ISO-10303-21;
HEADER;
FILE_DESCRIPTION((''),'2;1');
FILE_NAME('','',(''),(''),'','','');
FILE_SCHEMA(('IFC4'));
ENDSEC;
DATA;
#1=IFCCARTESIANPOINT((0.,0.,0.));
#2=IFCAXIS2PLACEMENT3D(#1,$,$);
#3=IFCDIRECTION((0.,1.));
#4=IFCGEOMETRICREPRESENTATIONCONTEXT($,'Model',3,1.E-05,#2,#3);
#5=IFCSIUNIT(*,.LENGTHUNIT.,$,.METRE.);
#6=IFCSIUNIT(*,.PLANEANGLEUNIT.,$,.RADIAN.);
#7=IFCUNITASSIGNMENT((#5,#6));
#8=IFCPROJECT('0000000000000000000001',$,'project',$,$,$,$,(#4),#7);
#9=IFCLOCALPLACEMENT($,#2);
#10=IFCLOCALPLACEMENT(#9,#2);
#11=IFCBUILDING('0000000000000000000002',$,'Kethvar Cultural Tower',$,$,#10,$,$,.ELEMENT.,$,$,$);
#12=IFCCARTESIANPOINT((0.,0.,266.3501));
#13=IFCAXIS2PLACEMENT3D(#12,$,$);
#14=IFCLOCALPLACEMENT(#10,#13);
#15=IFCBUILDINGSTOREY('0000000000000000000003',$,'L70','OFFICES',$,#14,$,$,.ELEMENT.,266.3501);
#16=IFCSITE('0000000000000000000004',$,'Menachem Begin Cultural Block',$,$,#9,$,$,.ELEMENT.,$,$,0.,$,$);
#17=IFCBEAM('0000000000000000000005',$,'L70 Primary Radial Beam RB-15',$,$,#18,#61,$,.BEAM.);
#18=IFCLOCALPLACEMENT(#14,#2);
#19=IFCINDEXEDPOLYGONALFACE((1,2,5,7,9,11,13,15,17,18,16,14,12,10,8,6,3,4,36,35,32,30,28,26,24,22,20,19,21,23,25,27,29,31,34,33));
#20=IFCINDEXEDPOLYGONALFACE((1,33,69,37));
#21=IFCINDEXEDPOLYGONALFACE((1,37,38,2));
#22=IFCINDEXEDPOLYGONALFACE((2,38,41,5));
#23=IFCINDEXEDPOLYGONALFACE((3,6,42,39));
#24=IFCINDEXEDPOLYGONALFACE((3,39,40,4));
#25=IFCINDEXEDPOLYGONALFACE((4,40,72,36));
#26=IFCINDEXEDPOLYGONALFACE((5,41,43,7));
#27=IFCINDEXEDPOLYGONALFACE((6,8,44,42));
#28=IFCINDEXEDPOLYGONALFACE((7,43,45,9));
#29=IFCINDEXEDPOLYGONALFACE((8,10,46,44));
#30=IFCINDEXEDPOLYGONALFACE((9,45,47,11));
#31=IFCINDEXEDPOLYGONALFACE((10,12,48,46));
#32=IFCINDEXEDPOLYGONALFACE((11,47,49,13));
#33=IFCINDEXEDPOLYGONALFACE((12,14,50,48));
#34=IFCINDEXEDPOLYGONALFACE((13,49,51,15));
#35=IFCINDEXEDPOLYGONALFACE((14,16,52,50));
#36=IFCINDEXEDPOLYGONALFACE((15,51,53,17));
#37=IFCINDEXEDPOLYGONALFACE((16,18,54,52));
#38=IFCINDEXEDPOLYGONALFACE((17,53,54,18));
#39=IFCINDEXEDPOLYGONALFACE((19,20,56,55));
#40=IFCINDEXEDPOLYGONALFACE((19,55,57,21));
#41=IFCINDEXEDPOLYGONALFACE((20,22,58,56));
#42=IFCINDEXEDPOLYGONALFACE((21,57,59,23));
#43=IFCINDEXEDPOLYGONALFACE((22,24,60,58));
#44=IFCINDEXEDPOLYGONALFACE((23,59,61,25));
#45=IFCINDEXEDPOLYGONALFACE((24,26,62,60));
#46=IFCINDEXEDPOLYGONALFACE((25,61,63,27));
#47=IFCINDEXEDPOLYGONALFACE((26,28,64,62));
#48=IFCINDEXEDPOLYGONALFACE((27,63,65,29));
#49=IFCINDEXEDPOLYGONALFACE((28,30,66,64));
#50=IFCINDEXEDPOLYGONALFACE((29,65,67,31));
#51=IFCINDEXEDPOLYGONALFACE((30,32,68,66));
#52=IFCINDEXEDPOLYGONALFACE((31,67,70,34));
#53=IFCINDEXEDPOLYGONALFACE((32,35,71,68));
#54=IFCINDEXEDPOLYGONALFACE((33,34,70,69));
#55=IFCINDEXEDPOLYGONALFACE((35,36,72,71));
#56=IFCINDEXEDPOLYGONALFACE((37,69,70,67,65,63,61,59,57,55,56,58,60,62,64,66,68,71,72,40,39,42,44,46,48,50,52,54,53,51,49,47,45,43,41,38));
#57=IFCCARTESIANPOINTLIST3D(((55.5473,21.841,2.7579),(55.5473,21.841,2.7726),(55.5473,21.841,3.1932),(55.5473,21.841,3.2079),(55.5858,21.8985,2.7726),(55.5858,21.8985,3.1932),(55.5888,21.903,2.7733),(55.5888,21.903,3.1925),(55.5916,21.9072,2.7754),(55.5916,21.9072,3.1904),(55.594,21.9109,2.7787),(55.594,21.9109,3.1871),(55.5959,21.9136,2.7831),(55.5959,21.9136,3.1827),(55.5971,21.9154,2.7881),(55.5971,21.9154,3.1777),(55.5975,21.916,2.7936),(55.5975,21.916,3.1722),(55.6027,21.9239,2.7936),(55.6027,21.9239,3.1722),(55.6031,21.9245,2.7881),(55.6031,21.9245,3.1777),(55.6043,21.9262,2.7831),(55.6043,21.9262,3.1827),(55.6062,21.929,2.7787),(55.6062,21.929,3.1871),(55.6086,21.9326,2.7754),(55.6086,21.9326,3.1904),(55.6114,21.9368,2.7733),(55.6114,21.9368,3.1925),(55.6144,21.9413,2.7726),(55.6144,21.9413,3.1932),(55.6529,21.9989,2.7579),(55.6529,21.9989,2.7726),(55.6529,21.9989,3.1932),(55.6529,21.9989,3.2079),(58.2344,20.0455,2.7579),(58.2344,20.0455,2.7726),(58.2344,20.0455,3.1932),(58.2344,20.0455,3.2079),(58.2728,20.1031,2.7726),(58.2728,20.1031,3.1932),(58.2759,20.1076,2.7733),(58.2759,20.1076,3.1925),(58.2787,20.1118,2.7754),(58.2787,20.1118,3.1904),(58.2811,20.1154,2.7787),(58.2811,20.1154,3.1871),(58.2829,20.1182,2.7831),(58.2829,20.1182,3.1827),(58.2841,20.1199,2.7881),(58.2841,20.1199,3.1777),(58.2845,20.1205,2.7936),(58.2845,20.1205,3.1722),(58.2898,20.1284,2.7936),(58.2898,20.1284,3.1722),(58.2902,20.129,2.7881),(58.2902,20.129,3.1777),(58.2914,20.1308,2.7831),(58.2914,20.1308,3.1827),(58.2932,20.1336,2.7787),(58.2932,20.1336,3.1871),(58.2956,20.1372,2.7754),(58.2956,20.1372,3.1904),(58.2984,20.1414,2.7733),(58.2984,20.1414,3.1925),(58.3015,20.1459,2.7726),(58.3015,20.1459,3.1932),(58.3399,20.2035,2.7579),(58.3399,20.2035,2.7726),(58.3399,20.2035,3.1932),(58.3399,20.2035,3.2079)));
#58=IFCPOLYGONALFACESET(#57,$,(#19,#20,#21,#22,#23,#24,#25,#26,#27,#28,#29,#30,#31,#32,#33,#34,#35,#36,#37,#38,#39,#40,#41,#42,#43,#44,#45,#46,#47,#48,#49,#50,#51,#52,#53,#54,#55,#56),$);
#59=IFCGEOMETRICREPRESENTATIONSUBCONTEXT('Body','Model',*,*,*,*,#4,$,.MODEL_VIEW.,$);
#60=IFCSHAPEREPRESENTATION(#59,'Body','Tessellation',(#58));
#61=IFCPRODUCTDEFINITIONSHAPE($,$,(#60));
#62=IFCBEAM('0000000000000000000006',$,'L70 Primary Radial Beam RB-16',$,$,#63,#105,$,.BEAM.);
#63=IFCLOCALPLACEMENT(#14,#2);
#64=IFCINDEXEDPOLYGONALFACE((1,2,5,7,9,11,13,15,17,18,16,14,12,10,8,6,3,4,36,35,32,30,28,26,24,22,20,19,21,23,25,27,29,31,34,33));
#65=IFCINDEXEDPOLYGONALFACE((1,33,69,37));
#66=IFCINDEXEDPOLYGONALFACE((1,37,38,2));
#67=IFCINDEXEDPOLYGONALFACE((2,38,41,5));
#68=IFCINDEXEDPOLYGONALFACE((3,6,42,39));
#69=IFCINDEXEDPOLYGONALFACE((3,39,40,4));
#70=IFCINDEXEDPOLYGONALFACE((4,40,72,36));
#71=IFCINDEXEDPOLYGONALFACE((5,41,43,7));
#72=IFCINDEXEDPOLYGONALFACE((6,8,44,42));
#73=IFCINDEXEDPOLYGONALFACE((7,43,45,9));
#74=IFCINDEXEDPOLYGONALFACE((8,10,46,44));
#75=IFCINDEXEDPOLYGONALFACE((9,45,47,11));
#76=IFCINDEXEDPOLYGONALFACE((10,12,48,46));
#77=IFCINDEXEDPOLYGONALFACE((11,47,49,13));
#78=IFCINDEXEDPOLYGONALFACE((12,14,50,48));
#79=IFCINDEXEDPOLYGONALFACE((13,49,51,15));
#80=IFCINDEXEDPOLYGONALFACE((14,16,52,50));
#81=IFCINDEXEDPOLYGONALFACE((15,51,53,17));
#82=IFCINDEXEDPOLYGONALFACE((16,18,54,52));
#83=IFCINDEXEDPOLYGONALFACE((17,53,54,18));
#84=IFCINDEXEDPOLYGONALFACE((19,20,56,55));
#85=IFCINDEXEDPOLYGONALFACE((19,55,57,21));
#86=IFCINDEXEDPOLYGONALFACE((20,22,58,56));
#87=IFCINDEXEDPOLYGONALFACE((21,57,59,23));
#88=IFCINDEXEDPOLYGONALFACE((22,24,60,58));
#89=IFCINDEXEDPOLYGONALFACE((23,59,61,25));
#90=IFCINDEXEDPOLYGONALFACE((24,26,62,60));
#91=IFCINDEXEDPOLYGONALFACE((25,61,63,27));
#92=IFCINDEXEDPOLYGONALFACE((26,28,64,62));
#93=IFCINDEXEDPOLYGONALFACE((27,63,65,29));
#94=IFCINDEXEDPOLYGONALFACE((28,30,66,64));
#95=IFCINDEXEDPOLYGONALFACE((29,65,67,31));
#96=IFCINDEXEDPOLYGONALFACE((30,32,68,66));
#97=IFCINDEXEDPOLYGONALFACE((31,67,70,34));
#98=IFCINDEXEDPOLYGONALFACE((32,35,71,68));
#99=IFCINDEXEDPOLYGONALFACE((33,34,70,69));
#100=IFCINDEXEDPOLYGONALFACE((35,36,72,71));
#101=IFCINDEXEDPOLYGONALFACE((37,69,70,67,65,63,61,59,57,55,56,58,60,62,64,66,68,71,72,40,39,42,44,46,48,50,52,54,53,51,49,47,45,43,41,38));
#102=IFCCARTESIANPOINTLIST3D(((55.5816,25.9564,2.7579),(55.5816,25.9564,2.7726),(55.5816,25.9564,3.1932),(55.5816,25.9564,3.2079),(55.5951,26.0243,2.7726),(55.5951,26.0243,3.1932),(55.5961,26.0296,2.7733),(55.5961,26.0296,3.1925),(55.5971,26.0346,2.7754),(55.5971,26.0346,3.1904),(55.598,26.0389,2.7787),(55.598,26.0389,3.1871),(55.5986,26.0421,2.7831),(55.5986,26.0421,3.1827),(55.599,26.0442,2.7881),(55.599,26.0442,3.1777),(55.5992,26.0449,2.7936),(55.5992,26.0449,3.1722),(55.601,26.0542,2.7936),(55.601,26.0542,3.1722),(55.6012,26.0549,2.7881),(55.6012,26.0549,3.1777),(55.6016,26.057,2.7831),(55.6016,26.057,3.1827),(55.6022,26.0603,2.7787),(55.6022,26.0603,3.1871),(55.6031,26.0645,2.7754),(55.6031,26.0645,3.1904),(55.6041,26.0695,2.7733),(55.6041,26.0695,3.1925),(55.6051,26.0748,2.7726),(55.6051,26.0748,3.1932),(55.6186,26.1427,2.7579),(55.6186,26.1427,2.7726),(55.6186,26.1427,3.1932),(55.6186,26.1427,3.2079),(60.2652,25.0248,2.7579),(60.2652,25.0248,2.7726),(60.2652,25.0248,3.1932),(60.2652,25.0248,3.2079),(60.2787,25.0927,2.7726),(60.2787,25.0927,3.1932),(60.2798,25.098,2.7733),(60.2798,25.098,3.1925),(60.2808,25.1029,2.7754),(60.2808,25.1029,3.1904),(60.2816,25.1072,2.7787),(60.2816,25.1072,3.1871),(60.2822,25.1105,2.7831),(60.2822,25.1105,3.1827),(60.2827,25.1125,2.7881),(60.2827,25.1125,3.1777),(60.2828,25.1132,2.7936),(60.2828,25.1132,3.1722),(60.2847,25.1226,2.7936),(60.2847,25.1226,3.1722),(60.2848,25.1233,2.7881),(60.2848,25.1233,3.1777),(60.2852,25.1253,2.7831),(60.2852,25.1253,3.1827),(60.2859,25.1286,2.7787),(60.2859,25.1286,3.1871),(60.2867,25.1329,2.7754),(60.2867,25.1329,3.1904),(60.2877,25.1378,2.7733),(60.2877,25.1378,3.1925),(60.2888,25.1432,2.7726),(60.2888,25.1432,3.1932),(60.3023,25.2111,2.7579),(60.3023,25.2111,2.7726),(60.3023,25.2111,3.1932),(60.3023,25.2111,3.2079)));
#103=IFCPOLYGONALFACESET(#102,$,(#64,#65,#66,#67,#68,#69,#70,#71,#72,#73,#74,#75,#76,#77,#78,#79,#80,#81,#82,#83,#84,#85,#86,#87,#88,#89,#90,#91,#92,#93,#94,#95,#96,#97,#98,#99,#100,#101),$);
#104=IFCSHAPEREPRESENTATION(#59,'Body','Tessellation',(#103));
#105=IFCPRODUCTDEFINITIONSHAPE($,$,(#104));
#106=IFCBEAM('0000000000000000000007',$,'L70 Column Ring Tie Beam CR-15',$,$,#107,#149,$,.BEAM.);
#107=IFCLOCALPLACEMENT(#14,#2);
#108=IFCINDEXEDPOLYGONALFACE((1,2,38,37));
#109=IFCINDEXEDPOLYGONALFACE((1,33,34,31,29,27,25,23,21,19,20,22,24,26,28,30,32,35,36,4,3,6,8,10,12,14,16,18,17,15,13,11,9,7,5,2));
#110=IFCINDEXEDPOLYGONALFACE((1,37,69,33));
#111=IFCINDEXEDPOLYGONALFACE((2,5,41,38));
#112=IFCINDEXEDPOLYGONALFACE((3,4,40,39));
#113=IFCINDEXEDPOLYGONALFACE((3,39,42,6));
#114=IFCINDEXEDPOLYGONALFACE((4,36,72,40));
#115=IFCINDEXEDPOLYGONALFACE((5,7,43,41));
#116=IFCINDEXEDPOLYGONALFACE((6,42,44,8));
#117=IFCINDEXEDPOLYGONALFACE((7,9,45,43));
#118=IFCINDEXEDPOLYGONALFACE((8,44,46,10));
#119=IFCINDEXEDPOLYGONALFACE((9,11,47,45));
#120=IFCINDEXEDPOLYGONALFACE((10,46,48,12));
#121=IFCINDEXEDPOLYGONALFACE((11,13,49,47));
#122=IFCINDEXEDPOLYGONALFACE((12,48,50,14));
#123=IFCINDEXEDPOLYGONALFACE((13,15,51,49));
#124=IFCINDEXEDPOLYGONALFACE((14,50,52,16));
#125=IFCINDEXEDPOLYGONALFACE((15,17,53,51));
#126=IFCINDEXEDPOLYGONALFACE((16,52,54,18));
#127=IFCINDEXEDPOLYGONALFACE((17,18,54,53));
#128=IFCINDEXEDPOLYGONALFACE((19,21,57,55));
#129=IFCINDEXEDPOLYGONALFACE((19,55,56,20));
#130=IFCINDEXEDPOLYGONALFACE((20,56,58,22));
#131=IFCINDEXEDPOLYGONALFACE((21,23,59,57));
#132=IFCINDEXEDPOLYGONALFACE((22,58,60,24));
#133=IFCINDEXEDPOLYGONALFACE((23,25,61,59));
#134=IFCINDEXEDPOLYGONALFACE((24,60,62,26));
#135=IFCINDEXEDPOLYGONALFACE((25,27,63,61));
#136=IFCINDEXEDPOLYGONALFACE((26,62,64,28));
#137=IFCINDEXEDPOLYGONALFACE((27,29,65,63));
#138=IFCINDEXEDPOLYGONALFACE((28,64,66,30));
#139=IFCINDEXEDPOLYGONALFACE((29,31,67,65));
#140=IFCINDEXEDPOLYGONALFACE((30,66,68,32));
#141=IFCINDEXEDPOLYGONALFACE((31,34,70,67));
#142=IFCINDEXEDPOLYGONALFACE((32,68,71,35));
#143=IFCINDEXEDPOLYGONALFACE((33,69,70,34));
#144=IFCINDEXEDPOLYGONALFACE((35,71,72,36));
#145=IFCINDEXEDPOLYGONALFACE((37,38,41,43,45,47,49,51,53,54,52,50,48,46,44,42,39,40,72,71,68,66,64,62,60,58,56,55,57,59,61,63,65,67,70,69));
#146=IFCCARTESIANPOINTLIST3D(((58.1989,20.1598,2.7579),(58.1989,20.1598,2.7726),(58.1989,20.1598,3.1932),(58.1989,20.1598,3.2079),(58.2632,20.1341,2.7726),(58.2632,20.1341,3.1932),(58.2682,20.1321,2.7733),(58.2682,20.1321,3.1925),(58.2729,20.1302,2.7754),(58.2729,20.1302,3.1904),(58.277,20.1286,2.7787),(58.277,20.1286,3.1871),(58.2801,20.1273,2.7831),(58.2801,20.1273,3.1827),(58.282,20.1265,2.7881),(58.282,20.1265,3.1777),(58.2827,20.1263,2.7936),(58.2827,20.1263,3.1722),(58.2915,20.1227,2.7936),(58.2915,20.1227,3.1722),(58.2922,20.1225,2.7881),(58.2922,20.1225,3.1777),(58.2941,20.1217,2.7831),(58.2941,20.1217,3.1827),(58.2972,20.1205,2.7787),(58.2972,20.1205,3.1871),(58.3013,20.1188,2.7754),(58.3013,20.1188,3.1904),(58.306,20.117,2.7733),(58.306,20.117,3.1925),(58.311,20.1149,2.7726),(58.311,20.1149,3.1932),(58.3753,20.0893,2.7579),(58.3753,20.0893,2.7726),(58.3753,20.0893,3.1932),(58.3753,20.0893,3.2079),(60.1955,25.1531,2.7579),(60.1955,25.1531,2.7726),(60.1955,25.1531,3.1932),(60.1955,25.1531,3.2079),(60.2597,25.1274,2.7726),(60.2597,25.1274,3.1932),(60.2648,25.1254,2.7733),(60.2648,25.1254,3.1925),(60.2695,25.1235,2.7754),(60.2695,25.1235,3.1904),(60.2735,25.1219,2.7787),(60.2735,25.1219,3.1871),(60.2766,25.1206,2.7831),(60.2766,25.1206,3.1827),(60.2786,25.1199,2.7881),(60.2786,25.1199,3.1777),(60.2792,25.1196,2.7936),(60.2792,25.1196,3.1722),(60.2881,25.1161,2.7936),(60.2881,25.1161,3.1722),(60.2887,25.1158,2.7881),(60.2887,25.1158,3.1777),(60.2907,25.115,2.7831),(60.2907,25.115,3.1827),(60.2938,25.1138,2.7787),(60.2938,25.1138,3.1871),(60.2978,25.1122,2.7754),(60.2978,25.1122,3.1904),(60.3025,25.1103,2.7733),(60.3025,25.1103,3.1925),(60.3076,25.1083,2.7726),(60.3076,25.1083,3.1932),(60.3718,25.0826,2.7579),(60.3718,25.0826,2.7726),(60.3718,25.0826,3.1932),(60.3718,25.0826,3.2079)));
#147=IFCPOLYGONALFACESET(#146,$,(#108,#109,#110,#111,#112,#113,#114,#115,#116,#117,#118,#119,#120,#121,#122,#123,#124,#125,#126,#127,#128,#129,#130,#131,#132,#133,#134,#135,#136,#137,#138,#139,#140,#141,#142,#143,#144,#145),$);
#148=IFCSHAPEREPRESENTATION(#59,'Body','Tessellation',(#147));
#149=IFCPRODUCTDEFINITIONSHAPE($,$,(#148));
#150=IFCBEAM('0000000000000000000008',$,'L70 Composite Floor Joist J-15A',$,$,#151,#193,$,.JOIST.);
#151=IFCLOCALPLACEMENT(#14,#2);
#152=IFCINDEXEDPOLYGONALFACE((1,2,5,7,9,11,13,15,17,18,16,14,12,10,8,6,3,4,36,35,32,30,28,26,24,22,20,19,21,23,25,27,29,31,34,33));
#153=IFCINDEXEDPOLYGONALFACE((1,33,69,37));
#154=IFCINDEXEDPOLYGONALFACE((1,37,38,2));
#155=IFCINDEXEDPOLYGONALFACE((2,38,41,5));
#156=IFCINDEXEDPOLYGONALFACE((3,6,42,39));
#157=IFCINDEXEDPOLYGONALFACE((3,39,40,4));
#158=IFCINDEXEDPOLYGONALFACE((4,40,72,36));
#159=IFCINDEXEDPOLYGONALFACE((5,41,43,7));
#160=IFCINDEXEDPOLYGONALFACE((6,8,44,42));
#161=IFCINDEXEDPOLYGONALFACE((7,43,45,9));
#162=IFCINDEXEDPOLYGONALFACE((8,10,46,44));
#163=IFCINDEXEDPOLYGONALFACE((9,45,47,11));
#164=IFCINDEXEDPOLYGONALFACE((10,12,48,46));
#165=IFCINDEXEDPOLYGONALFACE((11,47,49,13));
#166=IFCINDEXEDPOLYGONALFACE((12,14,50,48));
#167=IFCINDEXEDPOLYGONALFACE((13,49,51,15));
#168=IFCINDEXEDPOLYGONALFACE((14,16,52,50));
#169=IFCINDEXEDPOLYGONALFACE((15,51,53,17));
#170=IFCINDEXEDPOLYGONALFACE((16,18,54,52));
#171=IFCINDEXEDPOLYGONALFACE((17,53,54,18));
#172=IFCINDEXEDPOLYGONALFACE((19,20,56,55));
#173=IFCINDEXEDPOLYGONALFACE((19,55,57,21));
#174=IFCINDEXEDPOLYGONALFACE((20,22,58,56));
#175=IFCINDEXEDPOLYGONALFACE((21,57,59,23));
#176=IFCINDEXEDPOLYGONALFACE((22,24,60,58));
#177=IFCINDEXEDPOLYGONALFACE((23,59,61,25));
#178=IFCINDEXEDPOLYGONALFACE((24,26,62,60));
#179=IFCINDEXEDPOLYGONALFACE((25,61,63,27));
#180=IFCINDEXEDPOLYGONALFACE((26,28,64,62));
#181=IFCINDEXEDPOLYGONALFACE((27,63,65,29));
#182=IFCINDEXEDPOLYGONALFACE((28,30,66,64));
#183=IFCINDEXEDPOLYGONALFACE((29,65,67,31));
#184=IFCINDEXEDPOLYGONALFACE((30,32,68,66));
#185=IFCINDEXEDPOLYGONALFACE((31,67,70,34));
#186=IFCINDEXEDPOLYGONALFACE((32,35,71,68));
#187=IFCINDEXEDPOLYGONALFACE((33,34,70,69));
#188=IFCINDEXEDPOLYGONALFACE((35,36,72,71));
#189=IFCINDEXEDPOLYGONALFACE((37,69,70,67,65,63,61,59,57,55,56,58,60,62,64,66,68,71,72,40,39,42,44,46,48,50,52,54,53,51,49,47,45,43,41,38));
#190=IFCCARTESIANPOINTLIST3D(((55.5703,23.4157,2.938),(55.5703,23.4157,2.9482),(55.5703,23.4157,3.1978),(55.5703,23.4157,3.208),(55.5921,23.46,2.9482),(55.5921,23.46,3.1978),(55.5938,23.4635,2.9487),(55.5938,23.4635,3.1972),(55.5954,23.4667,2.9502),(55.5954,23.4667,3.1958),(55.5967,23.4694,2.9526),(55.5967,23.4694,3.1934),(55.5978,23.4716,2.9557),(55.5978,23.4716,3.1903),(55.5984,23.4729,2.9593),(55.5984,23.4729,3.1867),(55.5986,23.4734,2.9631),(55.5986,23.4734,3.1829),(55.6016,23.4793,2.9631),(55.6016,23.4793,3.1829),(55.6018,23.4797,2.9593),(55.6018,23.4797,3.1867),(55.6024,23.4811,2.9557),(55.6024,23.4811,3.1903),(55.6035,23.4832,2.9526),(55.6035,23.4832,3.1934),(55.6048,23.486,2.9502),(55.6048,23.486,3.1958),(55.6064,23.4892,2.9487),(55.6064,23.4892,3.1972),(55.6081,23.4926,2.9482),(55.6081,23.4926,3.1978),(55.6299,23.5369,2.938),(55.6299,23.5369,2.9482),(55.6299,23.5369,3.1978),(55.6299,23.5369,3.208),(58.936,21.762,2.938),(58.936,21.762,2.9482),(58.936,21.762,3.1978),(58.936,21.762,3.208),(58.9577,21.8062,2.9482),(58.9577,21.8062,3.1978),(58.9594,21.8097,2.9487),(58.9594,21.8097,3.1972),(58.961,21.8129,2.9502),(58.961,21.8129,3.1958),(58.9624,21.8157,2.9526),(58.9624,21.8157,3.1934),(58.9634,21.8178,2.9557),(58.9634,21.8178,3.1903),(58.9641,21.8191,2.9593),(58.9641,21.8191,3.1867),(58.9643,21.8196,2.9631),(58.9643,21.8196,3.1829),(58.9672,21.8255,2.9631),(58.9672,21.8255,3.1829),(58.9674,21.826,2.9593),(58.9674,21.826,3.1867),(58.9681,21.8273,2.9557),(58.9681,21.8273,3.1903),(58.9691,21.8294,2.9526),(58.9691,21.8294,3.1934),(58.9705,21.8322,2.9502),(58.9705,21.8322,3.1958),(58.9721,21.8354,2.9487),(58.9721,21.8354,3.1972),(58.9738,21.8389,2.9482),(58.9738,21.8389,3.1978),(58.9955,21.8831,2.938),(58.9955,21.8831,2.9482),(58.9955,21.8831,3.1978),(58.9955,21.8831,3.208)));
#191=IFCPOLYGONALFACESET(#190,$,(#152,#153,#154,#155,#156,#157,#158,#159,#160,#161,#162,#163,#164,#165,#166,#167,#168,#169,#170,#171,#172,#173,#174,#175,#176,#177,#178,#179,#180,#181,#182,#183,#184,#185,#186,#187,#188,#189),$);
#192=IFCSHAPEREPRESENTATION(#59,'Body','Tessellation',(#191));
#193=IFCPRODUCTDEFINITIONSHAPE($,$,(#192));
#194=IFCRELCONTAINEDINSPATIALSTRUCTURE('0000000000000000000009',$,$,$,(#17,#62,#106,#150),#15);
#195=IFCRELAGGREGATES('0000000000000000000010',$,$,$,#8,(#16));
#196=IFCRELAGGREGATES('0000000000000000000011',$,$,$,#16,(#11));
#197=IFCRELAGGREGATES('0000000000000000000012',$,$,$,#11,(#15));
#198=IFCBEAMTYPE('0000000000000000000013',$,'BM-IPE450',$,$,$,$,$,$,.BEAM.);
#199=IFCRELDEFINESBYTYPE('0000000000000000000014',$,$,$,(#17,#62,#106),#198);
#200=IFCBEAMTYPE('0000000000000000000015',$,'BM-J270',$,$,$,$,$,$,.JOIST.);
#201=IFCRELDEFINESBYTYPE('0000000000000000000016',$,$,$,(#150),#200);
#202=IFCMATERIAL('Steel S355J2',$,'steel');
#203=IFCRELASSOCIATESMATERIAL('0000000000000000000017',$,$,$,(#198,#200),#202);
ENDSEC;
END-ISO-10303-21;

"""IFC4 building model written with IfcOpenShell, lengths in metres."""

from ifc_helpers import new_model, si_unit, direction, frame, origin, origin_2d, place, context, subcontext, project, spatial, i_section, extrude, source, transform, mapped, material, material_profile, profile_set, type_object, element, save


model = new_model("IFC4")

# Units and contexts
model_context = context("Model", 3, precision=1e-05, world=origin(), true_north=direction((0.0, 1.0)))
body_context = subcontext(model_context, "Body", "Model", "MODEL_VIEW")
ifc_project = project(units=[si_unit("LENGTHUNIT", "METRE"), si_unit("PLANEANGLEUNIT", "RADIAN")], contexts=[model_context])

# Site, building, storey
site_placement = place(None, origin())
site = spatial("IfcSite", under=ifc_project, at=site_placement, Name="Menachem Begin Cultural Block", CompositionType="ELEMENT", RefElevation=0.0)
building_placement = place(site_placement, origin())
building = spatial("IfcBuilding", under=site, at=building_placement, Name="Kethvar Cultural Tower", CompositionType="ELEMENT")
storey_placement = place(building_placement, frame((0.0, 0.0, 266.3501)))
storey = spatial("IfcBuildingStorey", under=building, at=storey_placement, Name="L70", Description="OFFICES", CompositionType="ELEMENT", Elevation=266.3501)

# Shared definitions
ifc_material_1 = material(Name="Steel S355J2", Category="steel")

# Beams
ifc_material_profile_1 = material_profile(ifc_material_1, i_section(OverallWidth=0.1899, OverallDepth=0.45, WebThickness=0.0095, FlangeThickness=0.0146, FilletRadius=0.021, at=origin_2d()), Name="Steel S355J2 — IPE450")
ifc_profile_set_1 = profile_set([ifc_material_profile_1], Name="Steel S355J2 — IPE450")
beam_type_1 = type_object("IfcBeamType", Name="BM-IPE450", PredefinedType="BEAM", material=ifc_profile_set_1)
shared_shape_1 = source(origin(), body_context, "Body", "SweptSolid", [
    extrude(i_section(OverallWidth=0.1899, OverallDepth=0.45, WebThickness=0.0095, FlangeThickness=0.0146, FilletRadius=0.021, at=origin_2d()), origin(), (0.0, 0.0, 1.0), 3.2317),
])
beam_1_placement = place(storey_placement, frame((55.6001, 21.9199, 2.9829), z_axis=(0.831469, -0.555572, 0.0), x_axis=(0.555572, 0.831469, 0.0)))
element("IfcBeam", 1, at=beam_1_placement, inside=storey, type_object=beam_type_1, Name="L70 Primary Radial Beam RB-15", PredefinedType="BEAM", context=body_context, shape_type="MappedRepresentation", body=[
    mapped(shared_shape_1, transform((0.0, 0.0, 0.0), scale=1.0)),
])
shared_shape_2 = source(origin(), body_context, "Body", "SweptSolid", [
    extrude(i_section(OverallWidth=0.1899, OverallDepth=0.45, WebThickness=0.0095, FlangeThickness=0.0146, FilletRadius=0.021, at=origin_2d()), origin(), (0.0, 0.0, 1.0), 4.7754),
])
beam_2_placement = place(storey_placement, frame((55.6001, 26.0496, 2.9829), z_axis=(0.980785, -0.195094, 0.0), x_axis=(0.195094, 0.980785, 0.0)))
element("IfcBeam", 2, at=beam_2_placement, inside=storey, type_object=beam_type_1, Name="L70 Primary Radial Beam RB-16", PredefinedType="BEAM", context=body_context, shape_type="MappedRepresentation", body=[
    mapped(shared_shape_2, transform((0.0, 0.0, 0.0), scale=1.0)),
])
shared_shape_3 = source(origin(), body_context, "Body", "SweptSolid", [
    extrude(i_section(OverallWidth=0.1899, OverallDepth=0.45, WebThickness=0.0095, FlangeThickness=0.0146, FilletRadius=0.021, at=origin_2d()), origin(), (0.0, 0.0, 1.0), 5.3777),
])
beam_3_placement = place(storey_placement, frame((58.2871, 20.1245, 2.9829), z_axis=(0.371265, 0.928527, 0.0), x_axis=(-0.928527, 0.371265, 0.0)))
element("IfcBeam", 3, at=beam_3_placement, inside=storey, type_object=beam_type_1, Name="L70 Column Ring Tie Beam CR-15", PredefinedType="BEAM", context=body_context, shape_type="MappedRepresentation", body=[
    mapped(shared_shape_3, transform((0.0, 0.0, 0.0), scale=1.0)),
])
ifc_material_profile_2 = material_profile(ifc_material_1, i_section(OverallWidth=0.135, OverallDepth=0.27, WebThickness=0.0066, FlangeThickness=0.0103, FilletRadius=0.0149, at=origin_2d()), Name="Steel S355J2 — IPE270")
ifc_profile_set_2 = profile_set([ifc_material_profile_2], Name="Steel S355J2 — IPE270")
beam_type_2 = type_object("IfcBeamType", Name="BM-J270", PredefinedType="JOIST", material=ifc_profile_set_2)
shared_shape_4 = source(origin(), body_context, "Body", "SweptSolid", [
    extrude(i_section(OverallWidth=0.135, OverallDepth=0.27, WebThickness=0.0066, FlangeThickness=0.0103, FilletRadius=0.0149, at=origin_2d()), origin(), (0.0, 0.0, 1.0), 3.75),
])
beam_4_placement = place(storey_placement, frame((55.6001, 23.4763, 3.073), z_axis=(0.897505, -0.441005, 0.0), x_axis=(0.441005, 0.897505, 0.0)))
element("IfcBeam", 4, at=beam_4_placement, inside=storey, type_object=beam_type_2, Name="L70 Composite Floor Joist J-15A", PredefinedType="JOIST", context=body_context, shape_type="MappedRepresentation", body=[
    mapped(shared_shape_4, transform((0.0, 0.0, 0.0), scale=1.0)),
])

save(model, "model.ifc")
